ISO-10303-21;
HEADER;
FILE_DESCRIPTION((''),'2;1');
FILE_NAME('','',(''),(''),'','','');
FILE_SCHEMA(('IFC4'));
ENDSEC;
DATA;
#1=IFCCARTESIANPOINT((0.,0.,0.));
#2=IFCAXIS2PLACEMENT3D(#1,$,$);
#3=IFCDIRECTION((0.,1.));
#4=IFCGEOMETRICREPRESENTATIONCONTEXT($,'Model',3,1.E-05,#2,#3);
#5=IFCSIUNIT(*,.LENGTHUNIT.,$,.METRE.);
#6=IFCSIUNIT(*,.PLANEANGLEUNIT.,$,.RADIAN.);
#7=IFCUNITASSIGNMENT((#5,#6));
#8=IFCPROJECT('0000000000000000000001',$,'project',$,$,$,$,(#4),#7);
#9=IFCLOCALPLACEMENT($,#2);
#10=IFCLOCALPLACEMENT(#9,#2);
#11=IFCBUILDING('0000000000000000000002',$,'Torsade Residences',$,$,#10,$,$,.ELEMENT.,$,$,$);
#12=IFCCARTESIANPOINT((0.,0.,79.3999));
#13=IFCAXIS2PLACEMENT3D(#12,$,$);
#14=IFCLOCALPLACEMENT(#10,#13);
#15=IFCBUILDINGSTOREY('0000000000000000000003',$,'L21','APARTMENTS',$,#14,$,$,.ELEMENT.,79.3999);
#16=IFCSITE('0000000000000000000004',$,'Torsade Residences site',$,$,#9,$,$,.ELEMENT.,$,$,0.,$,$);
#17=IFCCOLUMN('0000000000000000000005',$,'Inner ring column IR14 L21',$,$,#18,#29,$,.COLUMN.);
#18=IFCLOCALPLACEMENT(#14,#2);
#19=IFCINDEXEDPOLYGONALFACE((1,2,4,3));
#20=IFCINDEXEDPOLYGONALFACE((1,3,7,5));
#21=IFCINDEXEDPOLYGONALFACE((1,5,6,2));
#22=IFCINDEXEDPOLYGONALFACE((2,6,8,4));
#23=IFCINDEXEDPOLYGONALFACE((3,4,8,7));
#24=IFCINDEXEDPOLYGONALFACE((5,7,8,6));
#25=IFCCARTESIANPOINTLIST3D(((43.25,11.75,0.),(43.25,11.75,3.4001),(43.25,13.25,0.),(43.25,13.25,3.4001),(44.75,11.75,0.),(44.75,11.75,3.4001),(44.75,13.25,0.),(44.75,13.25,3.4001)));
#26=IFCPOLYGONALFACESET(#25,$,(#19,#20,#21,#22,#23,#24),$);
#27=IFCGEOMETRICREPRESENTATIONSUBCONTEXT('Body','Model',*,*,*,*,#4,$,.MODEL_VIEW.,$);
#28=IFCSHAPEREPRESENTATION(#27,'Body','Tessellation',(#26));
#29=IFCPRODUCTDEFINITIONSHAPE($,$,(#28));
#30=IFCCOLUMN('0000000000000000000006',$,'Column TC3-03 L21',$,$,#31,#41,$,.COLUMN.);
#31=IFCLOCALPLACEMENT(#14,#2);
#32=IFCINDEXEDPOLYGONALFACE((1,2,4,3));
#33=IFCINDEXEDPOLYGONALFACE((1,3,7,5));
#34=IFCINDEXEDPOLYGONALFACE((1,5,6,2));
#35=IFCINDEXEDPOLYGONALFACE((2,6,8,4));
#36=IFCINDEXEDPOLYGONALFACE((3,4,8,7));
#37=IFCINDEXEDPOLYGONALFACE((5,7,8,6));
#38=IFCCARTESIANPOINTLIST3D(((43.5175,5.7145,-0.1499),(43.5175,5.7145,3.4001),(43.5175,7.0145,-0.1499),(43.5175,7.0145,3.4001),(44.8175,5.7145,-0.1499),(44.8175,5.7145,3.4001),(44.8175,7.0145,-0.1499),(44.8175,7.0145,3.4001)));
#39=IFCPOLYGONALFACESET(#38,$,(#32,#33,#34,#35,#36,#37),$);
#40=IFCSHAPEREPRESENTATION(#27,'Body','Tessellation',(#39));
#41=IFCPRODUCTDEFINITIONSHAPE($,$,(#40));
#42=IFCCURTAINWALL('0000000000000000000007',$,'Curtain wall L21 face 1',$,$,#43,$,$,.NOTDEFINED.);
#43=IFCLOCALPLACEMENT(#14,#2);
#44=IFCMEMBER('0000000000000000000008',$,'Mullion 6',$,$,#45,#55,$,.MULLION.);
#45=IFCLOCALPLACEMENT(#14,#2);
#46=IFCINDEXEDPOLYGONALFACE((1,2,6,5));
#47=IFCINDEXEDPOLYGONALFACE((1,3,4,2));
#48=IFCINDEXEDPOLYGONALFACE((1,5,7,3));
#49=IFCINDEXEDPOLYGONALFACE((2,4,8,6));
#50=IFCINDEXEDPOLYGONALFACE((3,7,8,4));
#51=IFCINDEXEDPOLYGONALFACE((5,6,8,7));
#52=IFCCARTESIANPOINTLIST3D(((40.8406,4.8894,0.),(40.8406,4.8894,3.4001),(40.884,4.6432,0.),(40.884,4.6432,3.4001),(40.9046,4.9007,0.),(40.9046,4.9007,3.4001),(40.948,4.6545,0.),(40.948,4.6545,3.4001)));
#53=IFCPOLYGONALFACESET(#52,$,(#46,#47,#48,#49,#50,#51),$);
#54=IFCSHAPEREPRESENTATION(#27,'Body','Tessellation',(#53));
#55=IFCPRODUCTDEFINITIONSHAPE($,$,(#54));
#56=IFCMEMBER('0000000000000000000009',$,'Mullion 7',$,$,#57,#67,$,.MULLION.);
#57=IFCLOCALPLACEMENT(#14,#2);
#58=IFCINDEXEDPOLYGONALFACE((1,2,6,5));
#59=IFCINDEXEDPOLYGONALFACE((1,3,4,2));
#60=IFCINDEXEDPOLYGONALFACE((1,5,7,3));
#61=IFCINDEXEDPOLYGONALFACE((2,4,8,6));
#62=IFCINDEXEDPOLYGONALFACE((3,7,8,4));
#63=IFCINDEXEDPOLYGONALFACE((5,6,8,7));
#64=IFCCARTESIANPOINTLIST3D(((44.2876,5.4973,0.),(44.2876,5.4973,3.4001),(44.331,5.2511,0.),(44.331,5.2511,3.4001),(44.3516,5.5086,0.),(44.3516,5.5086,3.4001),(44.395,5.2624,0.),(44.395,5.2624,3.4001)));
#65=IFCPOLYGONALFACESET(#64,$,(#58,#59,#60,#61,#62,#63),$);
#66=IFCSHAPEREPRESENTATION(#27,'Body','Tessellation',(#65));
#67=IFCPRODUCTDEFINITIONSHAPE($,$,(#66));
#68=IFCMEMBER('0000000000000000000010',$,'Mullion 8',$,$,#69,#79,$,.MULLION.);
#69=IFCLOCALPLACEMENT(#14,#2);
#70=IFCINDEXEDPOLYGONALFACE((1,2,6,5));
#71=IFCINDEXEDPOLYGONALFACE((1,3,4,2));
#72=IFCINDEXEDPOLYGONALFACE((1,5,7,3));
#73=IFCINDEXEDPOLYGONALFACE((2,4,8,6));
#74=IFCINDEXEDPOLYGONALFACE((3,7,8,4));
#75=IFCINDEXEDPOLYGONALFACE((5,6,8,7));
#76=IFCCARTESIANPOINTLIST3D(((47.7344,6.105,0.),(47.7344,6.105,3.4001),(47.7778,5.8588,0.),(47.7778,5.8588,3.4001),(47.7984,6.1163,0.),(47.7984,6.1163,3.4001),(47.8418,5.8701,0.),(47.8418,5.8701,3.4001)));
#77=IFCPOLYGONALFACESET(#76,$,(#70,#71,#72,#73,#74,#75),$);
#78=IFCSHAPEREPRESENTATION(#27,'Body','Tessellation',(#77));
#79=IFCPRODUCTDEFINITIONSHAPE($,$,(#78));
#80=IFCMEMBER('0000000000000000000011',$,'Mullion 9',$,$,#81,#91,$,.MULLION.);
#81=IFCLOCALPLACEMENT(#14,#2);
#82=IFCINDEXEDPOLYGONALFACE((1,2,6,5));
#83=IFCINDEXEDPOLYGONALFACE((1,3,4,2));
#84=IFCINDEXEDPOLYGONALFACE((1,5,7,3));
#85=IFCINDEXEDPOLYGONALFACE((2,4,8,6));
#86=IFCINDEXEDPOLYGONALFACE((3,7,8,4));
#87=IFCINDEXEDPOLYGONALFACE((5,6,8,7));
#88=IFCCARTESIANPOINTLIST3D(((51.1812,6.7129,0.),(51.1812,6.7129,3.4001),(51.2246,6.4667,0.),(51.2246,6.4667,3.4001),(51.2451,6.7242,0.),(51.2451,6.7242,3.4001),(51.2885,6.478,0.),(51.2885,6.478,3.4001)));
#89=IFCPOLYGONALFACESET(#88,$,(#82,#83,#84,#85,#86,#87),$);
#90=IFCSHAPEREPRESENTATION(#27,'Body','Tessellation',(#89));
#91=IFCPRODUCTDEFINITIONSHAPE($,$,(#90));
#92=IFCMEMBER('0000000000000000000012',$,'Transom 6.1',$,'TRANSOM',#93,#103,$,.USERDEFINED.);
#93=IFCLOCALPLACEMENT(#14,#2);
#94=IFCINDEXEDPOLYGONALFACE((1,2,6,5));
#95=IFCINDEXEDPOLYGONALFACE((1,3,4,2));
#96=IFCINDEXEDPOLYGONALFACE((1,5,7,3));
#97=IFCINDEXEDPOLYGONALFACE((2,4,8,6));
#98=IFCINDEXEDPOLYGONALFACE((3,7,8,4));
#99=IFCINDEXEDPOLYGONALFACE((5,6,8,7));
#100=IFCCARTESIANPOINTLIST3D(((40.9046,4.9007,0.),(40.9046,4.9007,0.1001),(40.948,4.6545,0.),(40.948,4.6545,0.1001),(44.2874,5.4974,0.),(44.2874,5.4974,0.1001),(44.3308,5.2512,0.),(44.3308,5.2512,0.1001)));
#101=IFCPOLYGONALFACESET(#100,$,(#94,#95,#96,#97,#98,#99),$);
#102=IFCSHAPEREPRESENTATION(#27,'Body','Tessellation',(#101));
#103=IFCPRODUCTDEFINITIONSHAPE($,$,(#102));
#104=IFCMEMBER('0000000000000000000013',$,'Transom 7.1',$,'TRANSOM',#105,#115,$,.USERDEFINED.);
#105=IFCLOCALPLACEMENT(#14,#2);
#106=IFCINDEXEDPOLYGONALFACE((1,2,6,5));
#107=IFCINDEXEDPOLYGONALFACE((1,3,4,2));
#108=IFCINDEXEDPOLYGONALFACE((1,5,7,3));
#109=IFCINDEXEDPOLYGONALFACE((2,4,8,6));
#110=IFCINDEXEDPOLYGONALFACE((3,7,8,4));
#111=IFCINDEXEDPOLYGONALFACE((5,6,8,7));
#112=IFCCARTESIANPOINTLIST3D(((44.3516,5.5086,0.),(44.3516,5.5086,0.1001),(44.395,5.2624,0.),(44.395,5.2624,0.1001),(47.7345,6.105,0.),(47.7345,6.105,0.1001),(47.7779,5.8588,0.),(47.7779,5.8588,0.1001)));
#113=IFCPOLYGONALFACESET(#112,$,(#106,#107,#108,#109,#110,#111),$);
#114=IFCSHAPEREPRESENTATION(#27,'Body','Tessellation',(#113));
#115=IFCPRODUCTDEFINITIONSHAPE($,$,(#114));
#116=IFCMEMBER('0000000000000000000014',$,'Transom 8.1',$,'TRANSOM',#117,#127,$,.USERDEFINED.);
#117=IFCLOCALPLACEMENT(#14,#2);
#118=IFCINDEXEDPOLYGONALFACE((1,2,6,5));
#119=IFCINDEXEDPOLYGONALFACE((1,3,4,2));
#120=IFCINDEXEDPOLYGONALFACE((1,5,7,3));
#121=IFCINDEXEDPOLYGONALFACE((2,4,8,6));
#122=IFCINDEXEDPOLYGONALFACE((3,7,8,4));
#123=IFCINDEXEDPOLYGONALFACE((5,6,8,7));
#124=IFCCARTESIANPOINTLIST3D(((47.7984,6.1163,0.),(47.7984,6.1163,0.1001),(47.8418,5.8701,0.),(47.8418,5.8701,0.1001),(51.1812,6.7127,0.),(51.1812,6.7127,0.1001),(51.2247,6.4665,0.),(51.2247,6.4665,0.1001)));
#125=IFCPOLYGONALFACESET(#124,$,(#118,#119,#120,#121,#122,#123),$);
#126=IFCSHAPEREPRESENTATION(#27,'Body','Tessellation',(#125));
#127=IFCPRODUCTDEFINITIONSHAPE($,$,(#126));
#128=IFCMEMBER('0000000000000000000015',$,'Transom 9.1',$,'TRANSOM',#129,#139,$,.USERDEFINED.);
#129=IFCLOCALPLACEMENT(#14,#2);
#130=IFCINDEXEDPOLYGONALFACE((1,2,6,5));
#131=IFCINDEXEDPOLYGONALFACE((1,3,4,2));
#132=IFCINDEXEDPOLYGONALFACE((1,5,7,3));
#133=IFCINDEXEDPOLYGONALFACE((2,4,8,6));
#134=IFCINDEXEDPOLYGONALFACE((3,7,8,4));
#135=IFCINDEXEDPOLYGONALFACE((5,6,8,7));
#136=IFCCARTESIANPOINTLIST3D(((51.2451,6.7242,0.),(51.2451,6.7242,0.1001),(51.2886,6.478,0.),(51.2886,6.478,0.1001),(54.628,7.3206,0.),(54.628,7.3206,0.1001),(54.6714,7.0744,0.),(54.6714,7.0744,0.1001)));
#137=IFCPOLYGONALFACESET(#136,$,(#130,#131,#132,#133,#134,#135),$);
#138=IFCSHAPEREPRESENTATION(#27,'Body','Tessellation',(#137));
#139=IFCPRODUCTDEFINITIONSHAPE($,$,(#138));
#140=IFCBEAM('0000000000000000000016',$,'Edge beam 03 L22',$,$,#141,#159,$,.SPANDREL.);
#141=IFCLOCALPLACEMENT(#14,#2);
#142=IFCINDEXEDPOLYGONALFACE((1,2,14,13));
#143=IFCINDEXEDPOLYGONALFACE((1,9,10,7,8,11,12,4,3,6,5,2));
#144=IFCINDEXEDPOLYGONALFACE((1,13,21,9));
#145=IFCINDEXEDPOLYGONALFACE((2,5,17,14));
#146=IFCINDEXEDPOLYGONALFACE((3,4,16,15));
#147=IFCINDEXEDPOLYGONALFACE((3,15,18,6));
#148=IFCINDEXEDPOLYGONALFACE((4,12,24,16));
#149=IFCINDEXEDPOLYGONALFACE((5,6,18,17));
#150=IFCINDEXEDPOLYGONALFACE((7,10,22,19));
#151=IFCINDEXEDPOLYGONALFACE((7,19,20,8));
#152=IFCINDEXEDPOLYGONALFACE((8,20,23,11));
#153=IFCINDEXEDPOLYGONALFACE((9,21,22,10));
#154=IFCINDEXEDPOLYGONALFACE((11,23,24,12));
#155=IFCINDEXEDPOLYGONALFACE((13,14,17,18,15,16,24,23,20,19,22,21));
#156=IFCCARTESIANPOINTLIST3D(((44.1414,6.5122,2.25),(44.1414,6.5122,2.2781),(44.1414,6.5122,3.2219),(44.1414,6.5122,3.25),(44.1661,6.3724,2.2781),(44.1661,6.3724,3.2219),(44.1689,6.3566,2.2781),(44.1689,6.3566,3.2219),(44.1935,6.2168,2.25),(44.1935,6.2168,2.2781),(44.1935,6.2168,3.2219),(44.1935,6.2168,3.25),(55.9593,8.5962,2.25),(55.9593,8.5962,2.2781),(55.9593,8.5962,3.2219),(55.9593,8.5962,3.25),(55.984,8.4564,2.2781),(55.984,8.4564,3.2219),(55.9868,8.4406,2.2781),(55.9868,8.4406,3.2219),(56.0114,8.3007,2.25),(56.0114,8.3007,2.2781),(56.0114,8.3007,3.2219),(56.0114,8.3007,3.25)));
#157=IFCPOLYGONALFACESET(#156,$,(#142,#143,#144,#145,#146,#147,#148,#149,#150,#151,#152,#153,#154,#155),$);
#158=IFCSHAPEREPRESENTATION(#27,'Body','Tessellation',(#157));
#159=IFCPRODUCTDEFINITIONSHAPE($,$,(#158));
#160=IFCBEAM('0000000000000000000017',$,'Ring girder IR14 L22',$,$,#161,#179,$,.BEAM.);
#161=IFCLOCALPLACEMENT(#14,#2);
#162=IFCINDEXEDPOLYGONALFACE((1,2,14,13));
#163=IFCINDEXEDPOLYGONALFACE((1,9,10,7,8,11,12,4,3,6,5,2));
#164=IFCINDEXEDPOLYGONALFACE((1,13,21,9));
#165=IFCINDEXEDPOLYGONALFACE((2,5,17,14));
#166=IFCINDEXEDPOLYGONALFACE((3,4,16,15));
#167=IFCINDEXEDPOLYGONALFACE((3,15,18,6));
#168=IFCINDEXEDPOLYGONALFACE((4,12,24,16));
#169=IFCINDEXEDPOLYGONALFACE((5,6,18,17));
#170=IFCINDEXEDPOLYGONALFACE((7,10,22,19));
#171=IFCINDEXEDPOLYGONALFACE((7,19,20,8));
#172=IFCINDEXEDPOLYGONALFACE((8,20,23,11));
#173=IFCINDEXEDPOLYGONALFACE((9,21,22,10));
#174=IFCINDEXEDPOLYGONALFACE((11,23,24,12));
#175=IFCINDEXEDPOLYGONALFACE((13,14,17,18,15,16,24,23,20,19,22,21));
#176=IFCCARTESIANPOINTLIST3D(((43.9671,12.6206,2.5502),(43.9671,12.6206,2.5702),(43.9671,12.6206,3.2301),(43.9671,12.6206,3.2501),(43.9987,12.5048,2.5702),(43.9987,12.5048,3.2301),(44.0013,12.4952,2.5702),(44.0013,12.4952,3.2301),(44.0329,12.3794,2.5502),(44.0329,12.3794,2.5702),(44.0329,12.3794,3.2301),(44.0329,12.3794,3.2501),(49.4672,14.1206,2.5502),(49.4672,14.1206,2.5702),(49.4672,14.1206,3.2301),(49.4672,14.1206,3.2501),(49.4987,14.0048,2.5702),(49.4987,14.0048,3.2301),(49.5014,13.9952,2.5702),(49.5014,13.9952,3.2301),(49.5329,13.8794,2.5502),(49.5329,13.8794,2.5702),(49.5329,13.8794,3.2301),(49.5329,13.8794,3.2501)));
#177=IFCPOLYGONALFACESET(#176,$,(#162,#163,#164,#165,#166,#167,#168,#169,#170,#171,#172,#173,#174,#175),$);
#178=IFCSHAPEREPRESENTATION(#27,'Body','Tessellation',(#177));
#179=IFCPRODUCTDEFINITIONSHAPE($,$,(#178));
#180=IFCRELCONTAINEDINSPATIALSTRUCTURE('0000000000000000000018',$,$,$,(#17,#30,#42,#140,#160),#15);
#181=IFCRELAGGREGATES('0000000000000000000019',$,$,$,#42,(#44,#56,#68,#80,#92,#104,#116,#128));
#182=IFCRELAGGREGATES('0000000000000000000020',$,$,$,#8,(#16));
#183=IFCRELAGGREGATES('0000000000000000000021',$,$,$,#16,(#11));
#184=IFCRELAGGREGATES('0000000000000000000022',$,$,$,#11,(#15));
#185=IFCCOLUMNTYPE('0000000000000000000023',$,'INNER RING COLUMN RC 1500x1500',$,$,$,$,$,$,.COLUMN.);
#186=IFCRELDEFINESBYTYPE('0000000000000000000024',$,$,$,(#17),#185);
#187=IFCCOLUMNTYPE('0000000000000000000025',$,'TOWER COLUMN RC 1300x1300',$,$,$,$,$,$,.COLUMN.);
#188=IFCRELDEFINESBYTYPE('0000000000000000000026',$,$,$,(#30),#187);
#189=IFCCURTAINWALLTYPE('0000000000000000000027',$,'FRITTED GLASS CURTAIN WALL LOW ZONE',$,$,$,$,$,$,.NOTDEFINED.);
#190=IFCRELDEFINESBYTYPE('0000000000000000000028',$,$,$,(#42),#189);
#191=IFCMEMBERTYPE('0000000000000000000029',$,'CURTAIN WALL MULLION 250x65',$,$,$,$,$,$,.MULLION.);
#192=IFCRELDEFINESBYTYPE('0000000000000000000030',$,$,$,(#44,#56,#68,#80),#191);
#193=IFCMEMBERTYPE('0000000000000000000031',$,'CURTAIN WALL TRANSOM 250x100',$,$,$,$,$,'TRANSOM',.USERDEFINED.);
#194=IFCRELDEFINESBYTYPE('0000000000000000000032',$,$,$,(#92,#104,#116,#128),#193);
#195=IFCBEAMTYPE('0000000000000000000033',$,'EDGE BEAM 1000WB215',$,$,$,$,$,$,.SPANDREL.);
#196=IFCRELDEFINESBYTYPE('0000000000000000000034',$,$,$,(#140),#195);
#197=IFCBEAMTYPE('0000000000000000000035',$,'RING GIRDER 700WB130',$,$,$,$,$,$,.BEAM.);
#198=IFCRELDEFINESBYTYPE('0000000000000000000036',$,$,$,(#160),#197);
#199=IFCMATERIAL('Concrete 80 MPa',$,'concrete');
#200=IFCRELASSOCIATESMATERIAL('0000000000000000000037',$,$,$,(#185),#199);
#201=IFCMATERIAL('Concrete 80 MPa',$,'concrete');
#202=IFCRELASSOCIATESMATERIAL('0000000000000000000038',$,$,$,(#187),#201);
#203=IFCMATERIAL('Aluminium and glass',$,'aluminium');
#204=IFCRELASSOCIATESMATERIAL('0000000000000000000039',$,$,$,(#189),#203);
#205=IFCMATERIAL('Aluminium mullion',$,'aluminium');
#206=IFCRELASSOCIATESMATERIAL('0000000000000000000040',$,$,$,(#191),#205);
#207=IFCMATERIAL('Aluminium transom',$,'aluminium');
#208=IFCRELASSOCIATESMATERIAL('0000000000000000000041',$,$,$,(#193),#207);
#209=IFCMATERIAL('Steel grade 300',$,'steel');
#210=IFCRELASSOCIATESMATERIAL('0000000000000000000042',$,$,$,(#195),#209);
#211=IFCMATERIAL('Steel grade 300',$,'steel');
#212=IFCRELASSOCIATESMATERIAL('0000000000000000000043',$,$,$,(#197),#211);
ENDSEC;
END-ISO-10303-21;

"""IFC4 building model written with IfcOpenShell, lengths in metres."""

from ifc_helpers import new_model, si_unit, direction, frame, origin, origin_2d, place, context, subcontext, project, spatial, rectangle, i_section, extrude, material, material_profile, profile_set, type_object, element, aggregate, save


model = new_model("IFC4")

# Units and contexts
model_context = context("Model", 3, precision=1e-05, world=origin(), true_north=direction((0.0, 1.0)))
body_context = subcontext(model_context, "Body", "Model", "MODEL_VIEW")
ifc_project = project(units=[si_unit("LENGTHUNIT", "METRE"), si_unit("PLANEANGLEUNIT", "RADIAN")], contexts=[model_context])

# Site, building, storey
site_placement = place(None, origin())
site = spatial("IfcSite", under=ifc_project, at=site_placement, Name="Torsade Residences site", CompositionType="ELEMENT", RefElevation=0.0)
building_placement = place(site_placement, origin())
building = spatial("IfcBuilding", under=site, at=building_placement, Name="Torsade Residences", CompositionType="ELEMENT")
storey_placement = place(building_placement, frame((0.0, 0.0, 79.3999)))
storey = spatial("IfcBuildingStorey", under=building, at=storey_placement, Name="L21", Description="APARTMENTS", CompositionType="ELEMENT", Elevation=79.3999)

# Columns
ifc_material_1 = material(Name="Concrete 80 MPa", Category="concrete")
ifc_material_profile_1 = material_profile(ifc_material_1, rectangle(XDim=1.5, YDim=1.5, at=origin_2d()), Name="RC 1500x1500")
ifc_profile_set_1 = profile_set([ifc_material_profile_1], Name="Concrete 80 MPa")
column_type_1 = type_object("IfcColumnType", Name="INNER RING COLUMN RC 1500x1500", PredefinedType="COLUMN", material=ifc_profile_set_1)
column_1_placement = place(storey_placement, frame((44.0, 12.5, 0.0), z_axis=(0.0, 0.0, 1.0), x_axis=(1.0, 0.0, 0.0)))
element("IfcColumn", 1, at=column_1_placement, inside=storey, type_object=column_type_1, Name="Inner ring column IR14 L21", PredefinedType="COLUMN", context=body_context, shape_type="SweptSolid", body=[
    extrude(rectangle(XDim=1.5, YDim=1.5, at=origin_2d()), origin(), (0.0, 0.0, 1.0), 3.4001),
])
ifc_material_2 = material(Name="Concrete 80 MPa", Category="concrete")
ifc_material_profile_2 = material_profile(ifc_material_2, rectangle(XDim=1.3, YDim=1.3, at=origin_2d()), Name="RC 1300x1300")
ifc_profile_set_2 = profile_set([ifc_material_profile_2], Name="Concrete 80 MPa")
column_type_2 = type_object("IfcColumnType", Name="TOWER COLUMN RC 1300x1300", PredefinedType="COLUMN", material=ifc_profile_set_2)
column_2_placement = place(storey_placement, frame((44.1675, 6.3645, -0.1499), z_axis=(0.0, 0.0, 1.0), x_axis=(1.0, 0.0, 0.0)))
element("IfcColumn", 2, at=column_2_placement, inside=storey, type_object=column_type_2, Name="Column TC3-03 L21", PredefinedType="COLUMN", context=body_context, shape_type="SweptSolid", body=[
    extrude(rectangle(XDim=1.3, YDim=1.3, at=origin_2d()), origin(), (0.0, 0.0, 1.0), 3.55),
])

# Curtain wall, members
ifc_material_3 = material(Name="Aluminium and glass", Category="aluminium")
curtain_wall_type = type_object("IfcCurtainWallType", Name="FRITTED GLASS CURTAIN WALL LOW ZONE", PredefinedType="NOTDEFINED", material=ifc_material_3)
curtain_wall_placement = place(storey_placement, origin())
curtain_wall = element("IfcCurtainWall", 3, at=curtain_wall_placement, inside=storey, type_object=curtain_wall_type, Name="Curtain wall L21 face 1", PredefinedType="NOTDEFINED")
ifc_material_4 = material(Name="Aluminium mullion", Category="aluminium")
ifc_material_profile_3 = material_profile(ifc_material_4, rectangle(XDim=0.25, YDim=0.0649, at=origin_2d()), Name="CURTAIN WALL MULLION 250x65")
ifc_profile_set_3 = profile_set([ifc_material_profile_3], Name="Aluminium mullion")
member_type_1 = type_object("IfcMemberType", Name="CURTAIN WALL MULLION 250x65", PredefinedType="MULLION", material=ifc_profile_set_3)
member_1_placement = place(storey_placement, frame((40.8943, 4.772, 0.0), z_axis=(0.0, 0.0, 1.0), x_axis=(-0.173648, 0.984808, 0.0)))
member_1 = element("IfcMember", 4, at=member_1_placement, type_object=member_type_1, Name="Mullion 6", PredefinedType="MULLION", context=body_context, shape_type="SweptSolid", body=[
    extrude(rectangle(XDim=0.25, YDim=0.0649, at=origin_2d()), origin(), (0.0, 0.0, 1.0), 3.4001),
])
member_2_placement = place(storey_placement, frame((44.3413, 5.3799, 0.0), z_axis=(0.0, 0.0, 1.0), x_axis=(-0.173648, 0.984808, 0.0)))
member_2 = element("IfcMember", 5, at=member_2_placement, type_object=member_type_1, Name="Mullion 7", PredefinedType="MULLION", context=body_context, shape_type="SweptSolid", body=[
    extrude(rectangle(XDim=0.25, YDim=0.0649, at=origin_2d()), origin(), (0.0, 0.0, 1.0), 3.4001),
])
member_3_placement = place(storey_placement, frame((47.7881, 5.9875, 0.0), z_axis=(0.0, 0.0, 1.0), x_axis=(-0.173648, 0.984808, 0.0)))
member_3 = element("IfcMember", 6, at=member_3_placement, type_object=member_type_1, Name="Mullion 8", PredefinedType="MULLION", context=body_context, shape_type="SweptSolid", body=[
    extrude(rectangle(XDim=0.25, YDim=0.0649, at=origin_2d()), origin(), (0.0, 0.0, 1.0), 3.4001),
])
member_4_placement = place(storey_placement, frame((51.2349, 6.5955, 0.0), z_axis=(0.0, 0.0, 1.0), x_axis=(-0.173648, 0.984808, 0.0)))
member_4 = element("IfcMember", 7, at=member_4_placement, type_object=member_type_1, Name="Mullion 9", PredefinedType="MULLION", context=body_context, shape_type="SweptSolid", body=[
    extrude(rectangle(XDim=0.25, YDim=0.0649, at=origin_2d()), origin(), (0.0, 0.0, 1.0), 3.4001),
])
ifc_material_5 = material(Name="Aluminium transom", Category="aluminium")
ifc_material_profile_4 = material_profile(ifc_material_5, rectangle(XDim=0.25, YDim=0.1001, at=origin_2d()), Name="CURTAIN WALL TRANSOM 250x100")
ifc_profile_set_4 = profile_set([ifc_material_profile_4], Name="Aluminium transom")
member_type_2 = type_object("IfcMemberType", Name="CURTAIN WALL TRANSOM 250x100", ElementType="TRANSOM", PredefinedType="USERDEFINED", material=ifc_profile_set_4)
member_5_placement = place(storey_placement, frame((40.9263, 4.7776, 0.05), z_axis=(0.984798, 0.173704, 0.0), x_axis=(-0.173704, 0.984798, 0.0)))
member_5 = element("IfcMember", 8, at=member_5_placement, type_object=member_type_2, Name="Transom 6.1", ObjectType="TRANSOM", PredefinedType="USERDEFINED", context=body_context, shape_type="SweptSolid", body=[
    extrude(rectangle(XDim=0.25, YDim=0.1001, at=origin_2d()), origin(), (0.0, 0.0, 1.0), 3.4351),
])
member_6_placement = place(storey_placement, frame((44.3733, 5.3855, 0.05), z_axis=(0.98481, 0.173635, 0.0), x_axis=(-0.173635, 0.98481, 0.0)))
member_6 = element("IfcMember", 9, at=member_6_placement, type_object=member_type_2, Name="Transom 7.1", ObjectType="TRANSOM", PredefinedType="USERDEFINED", context=body_context, shape_type="SweptSolid", body=[
    extrude(rectangle(XDim=0.25, YDim=0.1001, at=origin_2d()), origin(), (0.0, 0.0, 1.0), 3.4351),
])
member_7_placement = place(storey_placement, frame((47.8201, 5.9932, 0.05), z_axis=(0.98481, 0.173635, 0.0), x_axis=(-0.173635, 0.98481, 0.0)))
member_7 = element("IfcMember", 10, at=member_7_placement, type_object=member_type_2, Name="Transom 8.1", ObjectType="TRANSOM", PredefinedType="USERDEFINED", context=body_context, shape_type="SweptSolid", body=[
    extrude(rectangle(XDim=0.25, YDim=0.1001, at=origin_2d()), origin(), (0.0, 0.0, 1.0), 3.4351),
])
member_8_placement = place(storey_placement, frame((51.2668, 6.6011, 0.05), z_axis=(0.98481, 0.173635, 0.0), x_axis=(-0.173635, 0.98481, 0.0)))
member_8 = element("IfcMember", 11, at=member_8_placement, type_object=member_type_2, Name="Transom 9.1", ObjectType="TRANSOM", PredefinedType="USERDEFINED", context=body_context, shape_type="SweptSolid", body=[
    extrude(rectangle(XDim=0.25, YDim=0.1001, at=origin_2d()), origin(), (0.0, 0.0, 1.0), 3.4351),
])

# Beams
ifc_material_6 = material(Name="Steel grade 300", Category="steel")
ifc_material_profile_5 = material_profile(ifc_material_6, i_section(OverallWidth=0.3, OverallDepth=1.0, WebThickness=0.0161, FlangeThickness=0.0281, at=origin_2d()), Name="1000WB215")
ifc_profile_set_5 = profile_set([ifc_material_profile_5], Name="Steel grade 300")
beam_type_1 = type_object("IfcBeamType", Name="EDGE BEAM 1000WB215", PredefinedType="SPANDREL", material=ifc_profile_set_5)
beam_1_placement = place(storey_placement, frame((44.1675, 6.3645, 2.75), z_axis=(0.984805, 0.173662, 0.0), x_axis=(-0.173662, 0.984805, 0.0)))
element("IfcBeam", 12, at=beam_1_placement, inside=storey, type_object=beam_type_1, Name="Edge beam 03 L22", PredefinedType="SPANDREL", context=body_context, shape_type="SweptSolid", body=[
    extrude(i_section(OverallWidth=0.3, OverallDepth=1.0, WebThickness=0.0161, FlangeThickness=0.0281, at=origin_2d()), origin(), (0.0, 0.0, 1.0), 12.0002),
])
ifc_material_7 = material(Name="Steel grade 300", Category="steel")
ifc_material_profile_6 = material_profile(ifc_material_7, i_section(OverallWidth=0.25, OverallDepth=0.7, WebThickness=0.01, FlangeThickness=0.02, at=origin_2d()), Name="700WB130")
ifc_profile_set_6 = profile_set([ifc_material_profile_6], Name="Steel grade 300")
beam_type_2 = type_object("IfcBeamType", Name="RING GIRDER 700WB130", PredefinedType="BEAM", material=ifc_profile_set_6)
beam_2_placement = place(storey_placement, frame((44.0, 12.5, 2.9001), z_axis=(0.964764, 0.263117, 0.0), x_axis=(-0.263117, 0.964764, 0.0)))
element("IfcBeam", 13, at=beam_2_placement, inside=storey, type_object=beam_type_2, Name="Ring girder IR14 L22", PredefinedType="BEAM", context=body_context, shape_type="SweptSolid", body=[
    extrude(i_section(OverallWidth=0.25, OverallDepth=0.7, WebThickness=0.01, FlangeThickness=0.02, at=origin_2d()), origin(), (0.0, 0.0, 1.0), 5.7009),
])

aggregate(curtain_wall, [member_1, member_2, member_3, member_4, member_5, member_6, member_7, member_8])

save(model, "model.ifc")
